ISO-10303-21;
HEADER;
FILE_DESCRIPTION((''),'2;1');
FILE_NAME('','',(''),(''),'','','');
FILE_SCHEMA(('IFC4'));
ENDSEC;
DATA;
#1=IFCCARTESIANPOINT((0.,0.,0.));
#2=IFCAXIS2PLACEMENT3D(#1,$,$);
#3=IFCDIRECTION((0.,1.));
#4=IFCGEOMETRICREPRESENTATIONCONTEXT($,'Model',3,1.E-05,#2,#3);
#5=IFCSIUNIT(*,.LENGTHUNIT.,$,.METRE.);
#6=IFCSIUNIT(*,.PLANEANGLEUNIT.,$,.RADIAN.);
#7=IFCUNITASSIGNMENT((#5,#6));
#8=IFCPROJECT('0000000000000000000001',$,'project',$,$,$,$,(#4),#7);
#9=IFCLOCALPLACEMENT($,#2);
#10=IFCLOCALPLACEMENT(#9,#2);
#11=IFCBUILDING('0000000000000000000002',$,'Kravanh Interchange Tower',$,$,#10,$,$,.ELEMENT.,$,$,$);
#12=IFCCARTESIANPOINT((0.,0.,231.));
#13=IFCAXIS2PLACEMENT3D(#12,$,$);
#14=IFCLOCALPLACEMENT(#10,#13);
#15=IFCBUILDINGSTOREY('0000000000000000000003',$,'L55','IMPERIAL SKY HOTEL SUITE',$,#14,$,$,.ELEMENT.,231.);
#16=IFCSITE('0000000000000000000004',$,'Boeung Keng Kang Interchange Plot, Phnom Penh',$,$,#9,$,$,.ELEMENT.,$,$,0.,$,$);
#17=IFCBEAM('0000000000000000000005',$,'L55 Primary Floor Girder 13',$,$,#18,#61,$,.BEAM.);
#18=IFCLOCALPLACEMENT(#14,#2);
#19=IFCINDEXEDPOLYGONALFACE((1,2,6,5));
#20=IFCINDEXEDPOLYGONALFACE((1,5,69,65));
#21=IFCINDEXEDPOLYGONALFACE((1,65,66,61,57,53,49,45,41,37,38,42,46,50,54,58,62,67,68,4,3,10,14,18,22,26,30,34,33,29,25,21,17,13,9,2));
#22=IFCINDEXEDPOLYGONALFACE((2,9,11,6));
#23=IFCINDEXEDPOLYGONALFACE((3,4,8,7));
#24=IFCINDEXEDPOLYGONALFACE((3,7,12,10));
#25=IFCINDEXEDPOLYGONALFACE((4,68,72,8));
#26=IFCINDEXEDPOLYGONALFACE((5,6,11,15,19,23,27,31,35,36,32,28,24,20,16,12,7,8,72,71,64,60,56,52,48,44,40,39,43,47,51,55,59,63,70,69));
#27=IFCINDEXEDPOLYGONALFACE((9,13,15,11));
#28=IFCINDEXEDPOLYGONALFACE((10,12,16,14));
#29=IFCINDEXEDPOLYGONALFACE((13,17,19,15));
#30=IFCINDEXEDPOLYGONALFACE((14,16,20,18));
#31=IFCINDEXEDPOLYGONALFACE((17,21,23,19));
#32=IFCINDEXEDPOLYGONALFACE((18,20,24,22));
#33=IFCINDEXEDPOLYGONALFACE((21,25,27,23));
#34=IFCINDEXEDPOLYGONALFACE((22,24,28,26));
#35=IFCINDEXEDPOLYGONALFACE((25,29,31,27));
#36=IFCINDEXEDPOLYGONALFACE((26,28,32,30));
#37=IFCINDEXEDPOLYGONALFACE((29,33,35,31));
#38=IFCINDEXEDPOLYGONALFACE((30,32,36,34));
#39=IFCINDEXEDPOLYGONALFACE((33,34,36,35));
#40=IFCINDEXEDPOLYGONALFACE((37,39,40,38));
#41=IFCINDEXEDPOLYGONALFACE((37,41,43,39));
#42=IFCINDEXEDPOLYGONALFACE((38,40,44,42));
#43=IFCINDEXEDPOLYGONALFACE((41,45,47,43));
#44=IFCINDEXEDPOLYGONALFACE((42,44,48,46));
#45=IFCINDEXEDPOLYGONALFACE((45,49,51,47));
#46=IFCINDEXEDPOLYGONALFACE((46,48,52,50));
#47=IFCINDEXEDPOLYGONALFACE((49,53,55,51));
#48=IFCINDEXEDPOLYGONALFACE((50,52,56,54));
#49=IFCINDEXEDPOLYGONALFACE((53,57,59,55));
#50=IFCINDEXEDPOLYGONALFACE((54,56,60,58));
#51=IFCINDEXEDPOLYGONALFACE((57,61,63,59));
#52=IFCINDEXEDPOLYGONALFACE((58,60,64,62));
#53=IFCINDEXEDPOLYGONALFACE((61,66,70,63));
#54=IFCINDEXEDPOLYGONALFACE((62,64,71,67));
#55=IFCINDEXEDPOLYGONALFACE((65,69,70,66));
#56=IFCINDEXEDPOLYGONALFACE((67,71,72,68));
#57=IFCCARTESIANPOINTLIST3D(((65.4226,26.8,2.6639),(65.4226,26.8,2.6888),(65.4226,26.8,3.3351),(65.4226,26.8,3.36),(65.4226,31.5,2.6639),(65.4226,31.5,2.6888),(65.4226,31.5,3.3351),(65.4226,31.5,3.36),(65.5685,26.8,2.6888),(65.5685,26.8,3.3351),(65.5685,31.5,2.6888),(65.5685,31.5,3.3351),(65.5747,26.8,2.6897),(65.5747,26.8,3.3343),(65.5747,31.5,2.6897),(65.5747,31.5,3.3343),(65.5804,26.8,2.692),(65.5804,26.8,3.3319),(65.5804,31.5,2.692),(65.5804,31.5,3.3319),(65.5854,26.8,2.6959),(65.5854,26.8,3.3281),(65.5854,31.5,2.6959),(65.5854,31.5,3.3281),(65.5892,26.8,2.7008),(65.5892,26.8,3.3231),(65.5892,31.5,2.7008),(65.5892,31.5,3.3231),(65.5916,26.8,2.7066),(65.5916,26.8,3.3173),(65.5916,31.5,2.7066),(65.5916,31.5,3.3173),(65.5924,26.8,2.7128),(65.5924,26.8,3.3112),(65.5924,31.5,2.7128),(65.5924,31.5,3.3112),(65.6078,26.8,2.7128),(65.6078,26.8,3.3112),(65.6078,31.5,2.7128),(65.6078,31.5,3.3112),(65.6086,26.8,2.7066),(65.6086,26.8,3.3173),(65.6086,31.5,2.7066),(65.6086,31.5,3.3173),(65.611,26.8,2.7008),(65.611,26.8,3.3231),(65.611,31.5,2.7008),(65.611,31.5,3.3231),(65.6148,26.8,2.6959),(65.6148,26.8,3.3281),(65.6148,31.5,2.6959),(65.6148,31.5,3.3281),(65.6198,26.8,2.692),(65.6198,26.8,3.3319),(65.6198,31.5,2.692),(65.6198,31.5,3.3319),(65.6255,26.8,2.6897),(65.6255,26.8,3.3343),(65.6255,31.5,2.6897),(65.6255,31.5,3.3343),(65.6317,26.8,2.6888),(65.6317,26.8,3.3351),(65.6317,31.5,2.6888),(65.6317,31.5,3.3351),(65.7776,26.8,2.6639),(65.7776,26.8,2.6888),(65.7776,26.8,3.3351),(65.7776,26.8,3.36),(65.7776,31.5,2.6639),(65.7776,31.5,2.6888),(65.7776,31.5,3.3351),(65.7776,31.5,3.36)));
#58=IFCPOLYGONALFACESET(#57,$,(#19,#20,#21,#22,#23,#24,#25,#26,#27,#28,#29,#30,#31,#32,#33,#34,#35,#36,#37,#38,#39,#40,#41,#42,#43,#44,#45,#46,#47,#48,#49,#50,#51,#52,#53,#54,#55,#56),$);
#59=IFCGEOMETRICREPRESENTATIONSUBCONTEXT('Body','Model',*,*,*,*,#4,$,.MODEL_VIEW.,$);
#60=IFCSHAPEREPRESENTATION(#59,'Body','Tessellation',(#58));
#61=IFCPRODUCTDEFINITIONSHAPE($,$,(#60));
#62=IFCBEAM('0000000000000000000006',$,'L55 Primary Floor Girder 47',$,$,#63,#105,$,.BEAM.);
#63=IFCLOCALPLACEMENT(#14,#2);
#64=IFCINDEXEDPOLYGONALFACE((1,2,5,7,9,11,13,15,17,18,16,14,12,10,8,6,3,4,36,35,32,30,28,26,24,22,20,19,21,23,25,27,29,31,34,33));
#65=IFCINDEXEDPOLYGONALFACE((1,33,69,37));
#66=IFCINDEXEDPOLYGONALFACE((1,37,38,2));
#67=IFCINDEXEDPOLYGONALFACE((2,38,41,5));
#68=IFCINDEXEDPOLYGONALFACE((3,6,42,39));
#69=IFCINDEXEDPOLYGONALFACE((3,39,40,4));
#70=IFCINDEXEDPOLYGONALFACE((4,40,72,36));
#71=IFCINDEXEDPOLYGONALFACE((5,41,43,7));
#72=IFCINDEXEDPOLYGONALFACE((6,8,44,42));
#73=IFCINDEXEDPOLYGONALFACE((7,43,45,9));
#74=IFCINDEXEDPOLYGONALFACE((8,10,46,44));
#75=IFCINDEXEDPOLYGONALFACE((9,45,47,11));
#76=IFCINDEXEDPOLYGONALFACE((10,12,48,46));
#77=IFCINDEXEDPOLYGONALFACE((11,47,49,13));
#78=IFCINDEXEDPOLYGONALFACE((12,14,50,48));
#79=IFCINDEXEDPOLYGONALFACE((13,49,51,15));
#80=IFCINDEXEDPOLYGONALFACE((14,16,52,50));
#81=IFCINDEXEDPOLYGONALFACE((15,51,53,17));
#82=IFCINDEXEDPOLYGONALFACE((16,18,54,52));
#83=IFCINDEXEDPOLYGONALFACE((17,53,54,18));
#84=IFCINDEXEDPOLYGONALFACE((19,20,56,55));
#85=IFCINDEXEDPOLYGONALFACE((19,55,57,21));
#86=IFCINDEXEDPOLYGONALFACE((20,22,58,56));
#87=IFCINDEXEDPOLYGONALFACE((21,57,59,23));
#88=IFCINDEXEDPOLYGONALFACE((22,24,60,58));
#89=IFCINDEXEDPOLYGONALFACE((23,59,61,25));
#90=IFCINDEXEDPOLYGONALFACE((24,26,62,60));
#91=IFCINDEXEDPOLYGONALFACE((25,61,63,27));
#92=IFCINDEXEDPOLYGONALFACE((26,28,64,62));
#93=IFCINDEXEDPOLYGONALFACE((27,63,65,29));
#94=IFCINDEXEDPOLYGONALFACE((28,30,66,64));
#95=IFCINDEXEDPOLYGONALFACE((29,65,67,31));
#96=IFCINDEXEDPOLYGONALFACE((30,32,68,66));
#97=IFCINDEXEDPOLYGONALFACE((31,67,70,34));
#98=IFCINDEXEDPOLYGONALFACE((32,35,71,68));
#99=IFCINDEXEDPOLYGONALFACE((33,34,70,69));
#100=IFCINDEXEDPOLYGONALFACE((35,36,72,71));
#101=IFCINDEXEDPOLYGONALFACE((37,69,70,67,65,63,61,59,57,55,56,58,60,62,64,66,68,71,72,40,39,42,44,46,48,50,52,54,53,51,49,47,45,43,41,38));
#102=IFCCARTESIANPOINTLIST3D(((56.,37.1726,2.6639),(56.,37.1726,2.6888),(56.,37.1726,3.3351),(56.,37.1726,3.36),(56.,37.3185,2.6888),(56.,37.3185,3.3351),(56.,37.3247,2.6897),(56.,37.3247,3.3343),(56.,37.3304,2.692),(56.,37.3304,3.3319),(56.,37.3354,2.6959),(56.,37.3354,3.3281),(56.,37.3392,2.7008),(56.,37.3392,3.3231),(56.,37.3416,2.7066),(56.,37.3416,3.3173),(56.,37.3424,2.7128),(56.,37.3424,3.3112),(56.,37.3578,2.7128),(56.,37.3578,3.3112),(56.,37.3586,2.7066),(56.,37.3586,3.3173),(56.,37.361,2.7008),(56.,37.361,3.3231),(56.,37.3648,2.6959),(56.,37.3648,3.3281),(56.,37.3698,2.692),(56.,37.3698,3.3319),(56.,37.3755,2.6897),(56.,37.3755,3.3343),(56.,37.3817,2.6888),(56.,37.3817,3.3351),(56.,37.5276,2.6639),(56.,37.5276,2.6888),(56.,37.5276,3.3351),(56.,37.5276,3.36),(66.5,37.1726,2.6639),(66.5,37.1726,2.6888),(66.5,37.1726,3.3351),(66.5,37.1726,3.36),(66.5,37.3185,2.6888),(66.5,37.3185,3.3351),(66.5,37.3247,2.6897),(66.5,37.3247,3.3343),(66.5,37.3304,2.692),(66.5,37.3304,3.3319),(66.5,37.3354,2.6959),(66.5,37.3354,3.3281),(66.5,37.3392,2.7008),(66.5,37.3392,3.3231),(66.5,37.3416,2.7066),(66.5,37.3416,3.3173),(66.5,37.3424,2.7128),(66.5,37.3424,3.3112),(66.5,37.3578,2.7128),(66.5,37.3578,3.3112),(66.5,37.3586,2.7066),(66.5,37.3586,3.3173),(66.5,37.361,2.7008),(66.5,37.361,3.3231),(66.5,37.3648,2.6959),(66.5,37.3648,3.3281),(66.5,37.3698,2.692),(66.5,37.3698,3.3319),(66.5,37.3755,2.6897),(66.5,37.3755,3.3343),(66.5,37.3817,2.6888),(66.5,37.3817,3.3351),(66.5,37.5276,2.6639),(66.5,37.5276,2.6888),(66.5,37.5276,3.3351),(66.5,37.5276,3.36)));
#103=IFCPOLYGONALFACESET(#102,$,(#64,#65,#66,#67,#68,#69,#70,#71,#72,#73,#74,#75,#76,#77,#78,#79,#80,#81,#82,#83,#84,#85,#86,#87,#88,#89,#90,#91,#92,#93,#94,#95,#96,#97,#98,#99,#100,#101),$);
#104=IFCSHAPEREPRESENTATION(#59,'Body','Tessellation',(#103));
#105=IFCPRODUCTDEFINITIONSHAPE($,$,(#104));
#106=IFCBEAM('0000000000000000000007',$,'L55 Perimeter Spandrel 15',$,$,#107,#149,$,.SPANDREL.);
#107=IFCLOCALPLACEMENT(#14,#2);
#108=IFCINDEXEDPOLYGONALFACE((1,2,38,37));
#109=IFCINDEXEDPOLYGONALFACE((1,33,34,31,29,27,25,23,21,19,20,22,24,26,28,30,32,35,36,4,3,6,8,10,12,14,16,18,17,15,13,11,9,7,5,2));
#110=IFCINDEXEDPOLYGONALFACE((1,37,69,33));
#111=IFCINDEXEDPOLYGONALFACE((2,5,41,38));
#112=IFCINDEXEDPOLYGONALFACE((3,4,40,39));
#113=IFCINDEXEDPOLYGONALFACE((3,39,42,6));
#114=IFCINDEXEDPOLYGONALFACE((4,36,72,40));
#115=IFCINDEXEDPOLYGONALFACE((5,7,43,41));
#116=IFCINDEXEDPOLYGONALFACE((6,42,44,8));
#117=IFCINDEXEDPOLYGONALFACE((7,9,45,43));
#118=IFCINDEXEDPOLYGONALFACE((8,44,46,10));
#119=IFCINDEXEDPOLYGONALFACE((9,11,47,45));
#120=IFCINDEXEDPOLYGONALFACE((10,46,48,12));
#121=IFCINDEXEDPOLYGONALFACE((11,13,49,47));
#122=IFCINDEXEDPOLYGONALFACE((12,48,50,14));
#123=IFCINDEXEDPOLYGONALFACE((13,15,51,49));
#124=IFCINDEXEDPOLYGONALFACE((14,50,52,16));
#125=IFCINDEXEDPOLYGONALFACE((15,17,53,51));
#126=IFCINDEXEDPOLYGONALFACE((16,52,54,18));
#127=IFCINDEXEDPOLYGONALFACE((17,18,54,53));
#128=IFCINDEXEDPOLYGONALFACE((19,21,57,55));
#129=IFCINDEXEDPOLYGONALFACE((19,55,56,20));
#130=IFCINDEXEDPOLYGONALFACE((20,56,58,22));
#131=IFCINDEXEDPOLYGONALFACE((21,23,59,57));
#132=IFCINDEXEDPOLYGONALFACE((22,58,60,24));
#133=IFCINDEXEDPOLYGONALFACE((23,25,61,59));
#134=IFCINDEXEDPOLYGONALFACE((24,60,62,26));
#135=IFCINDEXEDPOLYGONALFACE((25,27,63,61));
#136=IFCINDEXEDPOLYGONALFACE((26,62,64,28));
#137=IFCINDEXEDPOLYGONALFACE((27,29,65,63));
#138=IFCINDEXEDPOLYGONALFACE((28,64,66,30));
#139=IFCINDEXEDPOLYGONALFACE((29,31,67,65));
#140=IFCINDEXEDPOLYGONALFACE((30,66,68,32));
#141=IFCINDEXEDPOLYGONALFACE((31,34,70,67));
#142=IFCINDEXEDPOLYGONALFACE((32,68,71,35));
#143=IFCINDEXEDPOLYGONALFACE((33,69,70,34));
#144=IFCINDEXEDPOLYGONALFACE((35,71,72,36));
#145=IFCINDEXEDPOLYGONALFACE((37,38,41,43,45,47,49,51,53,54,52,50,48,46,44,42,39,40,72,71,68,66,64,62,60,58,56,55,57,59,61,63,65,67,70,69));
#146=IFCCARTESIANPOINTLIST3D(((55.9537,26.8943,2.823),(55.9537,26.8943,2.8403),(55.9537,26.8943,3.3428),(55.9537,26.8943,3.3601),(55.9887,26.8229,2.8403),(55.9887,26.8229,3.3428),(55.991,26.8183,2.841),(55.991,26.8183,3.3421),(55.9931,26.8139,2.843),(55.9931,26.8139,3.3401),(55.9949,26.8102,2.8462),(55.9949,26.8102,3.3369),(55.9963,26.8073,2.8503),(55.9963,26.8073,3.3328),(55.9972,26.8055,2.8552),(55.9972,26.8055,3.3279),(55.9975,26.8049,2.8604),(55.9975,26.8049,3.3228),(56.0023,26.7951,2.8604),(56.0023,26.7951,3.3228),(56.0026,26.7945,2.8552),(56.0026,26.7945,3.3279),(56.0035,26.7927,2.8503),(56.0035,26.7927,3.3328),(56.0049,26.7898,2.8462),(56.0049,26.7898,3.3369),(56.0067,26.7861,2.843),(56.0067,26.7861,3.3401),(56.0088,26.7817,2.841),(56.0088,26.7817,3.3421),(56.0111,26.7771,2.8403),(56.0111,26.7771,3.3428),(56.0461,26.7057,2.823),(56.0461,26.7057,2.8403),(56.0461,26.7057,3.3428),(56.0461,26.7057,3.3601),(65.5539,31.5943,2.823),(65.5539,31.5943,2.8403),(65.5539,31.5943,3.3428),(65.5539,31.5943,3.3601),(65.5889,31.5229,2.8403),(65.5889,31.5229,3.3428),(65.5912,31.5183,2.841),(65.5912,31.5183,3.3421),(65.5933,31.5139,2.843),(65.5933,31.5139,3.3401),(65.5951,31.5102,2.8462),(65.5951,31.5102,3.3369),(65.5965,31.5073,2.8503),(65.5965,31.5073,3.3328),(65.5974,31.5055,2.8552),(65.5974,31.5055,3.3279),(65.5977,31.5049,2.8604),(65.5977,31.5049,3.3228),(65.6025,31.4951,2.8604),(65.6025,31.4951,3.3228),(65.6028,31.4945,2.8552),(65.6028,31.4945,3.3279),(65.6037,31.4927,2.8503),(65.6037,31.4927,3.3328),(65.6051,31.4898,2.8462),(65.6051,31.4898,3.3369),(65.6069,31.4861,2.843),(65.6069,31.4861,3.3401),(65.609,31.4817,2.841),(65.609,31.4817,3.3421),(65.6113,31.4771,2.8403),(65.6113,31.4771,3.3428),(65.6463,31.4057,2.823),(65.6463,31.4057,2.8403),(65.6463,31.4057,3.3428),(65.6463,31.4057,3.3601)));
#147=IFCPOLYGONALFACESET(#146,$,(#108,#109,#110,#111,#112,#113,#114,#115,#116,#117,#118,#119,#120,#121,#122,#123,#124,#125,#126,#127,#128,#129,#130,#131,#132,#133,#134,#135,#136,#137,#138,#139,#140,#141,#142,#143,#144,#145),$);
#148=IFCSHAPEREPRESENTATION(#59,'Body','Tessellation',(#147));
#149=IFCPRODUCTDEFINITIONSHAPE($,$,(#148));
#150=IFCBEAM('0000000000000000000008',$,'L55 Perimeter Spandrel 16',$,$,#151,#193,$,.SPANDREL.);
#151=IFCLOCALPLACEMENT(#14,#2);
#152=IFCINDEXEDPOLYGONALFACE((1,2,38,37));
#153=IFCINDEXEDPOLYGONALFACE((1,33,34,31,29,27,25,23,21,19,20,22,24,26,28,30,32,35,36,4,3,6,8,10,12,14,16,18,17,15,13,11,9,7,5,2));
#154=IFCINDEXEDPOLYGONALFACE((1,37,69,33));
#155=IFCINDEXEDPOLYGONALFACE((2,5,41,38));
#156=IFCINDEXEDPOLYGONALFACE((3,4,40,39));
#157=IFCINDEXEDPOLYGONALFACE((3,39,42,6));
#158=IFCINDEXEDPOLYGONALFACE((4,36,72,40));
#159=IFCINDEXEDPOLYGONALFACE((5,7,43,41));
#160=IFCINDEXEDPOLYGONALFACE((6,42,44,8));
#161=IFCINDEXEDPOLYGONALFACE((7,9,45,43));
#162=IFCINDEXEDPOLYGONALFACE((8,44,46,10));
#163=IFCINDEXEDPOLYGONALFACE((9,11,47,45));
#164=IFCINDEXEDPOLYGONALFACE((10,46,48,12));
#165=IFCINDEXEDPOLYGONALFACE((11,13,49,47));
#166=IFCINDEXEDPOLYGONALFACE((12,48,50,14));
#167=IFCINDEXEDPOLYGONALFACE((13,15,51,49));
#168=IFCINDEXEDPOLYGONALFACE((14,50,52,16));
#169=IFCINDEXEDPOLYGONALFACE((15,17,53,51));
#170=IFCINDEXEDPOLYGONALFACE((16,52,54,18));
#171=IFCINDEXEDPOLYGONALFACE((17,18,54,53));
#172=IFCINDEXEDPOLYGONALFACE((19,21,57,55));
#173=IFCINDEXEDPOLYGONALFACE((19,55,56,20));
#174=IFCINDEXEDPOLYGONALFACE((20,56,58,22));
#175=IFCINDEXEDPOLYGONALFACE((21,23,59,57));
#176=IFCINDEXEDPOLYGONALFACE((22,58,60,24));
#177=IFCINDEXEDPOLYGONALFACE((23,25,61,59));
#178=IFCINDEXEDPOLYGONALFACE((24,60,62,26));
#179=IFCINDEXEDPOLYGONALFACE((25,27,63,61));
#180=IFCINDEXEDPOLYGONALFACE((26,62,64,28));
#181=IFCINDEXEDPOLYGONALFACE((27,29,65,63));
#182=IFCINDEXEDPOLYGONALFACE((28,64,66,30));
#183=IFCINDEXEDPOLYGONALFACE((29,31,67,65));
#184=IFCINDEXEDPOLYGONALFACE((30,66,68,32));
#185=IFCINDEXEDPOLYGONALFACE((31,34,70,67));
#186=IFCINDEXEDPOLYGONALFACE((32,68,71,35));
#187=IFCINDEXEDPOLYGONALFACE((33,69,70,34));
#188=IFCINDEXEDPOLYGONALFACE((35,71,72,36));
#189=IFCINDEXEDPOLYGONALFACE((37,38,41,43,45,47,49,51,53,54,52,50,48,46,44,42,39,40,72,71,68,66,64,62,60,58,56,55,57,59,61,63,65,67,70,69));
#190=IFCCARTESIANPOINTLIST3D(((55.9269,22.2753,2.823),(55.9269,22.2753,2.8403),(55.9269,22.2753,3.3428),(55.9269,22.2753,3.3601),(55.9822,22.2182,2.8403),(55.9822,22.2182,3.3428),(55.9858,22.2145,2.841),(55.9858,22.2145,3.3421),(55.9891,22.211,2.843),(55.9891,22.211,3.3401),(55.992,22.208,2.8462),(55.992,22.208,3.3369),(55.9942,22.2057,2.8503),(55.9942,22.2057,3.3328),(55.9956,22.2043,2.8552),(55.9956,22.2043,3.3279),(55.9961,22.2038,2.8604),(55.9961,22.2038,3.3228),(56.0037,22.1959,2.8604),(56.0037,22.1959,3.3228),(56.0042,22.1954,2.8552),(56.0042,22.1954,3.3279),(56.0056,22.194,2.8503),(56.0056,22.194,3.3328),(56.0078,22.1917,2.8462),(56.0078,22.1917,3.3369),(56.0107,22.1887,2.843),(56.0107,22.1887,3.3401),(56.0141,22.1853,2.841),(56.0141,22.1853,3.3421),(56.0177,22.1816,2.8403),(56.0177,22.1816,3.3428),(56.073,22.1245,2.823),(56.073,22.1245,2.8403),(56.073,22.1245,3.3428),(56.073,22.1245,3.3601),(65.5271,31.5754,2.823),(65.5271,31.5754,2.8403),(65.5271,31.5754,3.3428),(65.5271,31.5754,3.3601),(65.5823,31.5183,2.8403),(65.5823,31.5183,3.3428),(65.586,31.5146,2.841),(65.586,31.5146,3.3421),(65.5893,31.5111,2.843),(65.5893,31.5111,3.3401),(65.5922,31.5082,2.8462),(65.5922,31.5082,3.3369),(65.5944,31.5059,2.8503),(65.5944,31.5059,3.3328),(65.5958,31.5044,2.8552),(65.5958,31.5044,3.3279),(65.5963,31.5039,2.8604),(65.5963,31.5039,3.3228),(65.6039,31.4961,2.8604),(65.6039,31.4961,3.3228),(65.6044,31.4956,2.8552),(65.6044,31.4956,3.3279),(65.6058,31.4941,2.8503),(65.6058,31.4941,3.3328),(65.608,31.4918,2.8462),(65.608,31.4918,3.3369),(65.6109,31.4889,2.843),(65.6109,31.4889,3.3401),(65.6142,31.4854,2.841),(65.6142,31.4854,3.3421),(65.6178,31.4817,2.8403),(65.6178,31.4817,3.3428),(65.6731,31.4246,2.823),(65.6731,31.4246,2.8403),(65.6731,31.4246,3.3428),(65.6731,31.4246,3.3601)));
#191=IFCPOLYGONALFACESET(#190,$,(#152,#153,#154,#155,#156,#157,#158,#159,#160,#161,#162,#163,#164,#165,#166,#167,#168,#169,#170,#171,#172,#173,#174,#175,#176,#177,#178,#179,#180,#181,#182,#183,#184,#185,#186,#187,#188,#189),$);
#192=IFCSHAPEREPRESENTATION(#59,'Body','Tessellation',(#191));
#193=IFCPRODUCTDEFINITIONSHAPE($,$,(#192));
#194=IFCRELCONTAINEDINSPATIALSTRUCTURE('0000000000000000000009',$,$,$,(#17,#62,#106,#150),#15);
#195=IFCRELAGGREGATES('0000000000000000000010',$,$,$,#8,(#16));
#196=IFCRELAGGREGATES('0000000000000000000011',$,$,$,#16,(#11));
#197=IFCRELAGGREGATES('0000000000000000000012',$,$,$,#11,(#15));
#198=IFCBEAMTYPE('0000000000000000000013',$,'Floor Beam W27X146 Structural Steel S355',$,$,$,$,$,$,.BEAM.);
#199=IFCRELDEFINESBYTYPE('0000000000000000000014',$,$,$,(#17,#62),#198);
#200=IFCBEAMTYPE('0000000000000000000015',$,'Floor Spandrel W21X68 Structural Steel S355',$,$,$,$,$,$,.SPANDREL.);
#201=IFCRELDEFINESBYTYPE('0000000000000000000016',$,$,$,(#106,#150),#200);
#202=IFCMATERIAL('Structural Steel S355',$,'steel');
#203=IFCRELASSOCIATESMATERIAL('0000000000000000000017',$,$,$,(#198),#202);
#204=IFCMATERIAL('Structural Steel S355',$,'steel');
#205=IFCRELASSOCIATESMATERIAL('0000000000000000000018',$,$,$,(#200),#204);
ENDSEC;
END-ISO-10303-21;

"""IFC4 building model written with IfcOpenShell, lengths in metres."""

from ifc_helpers import new_model, si_unit, direction, frame, origin, origin_2d, place, context, subcontext, project, spatial, i_section, extrude, material, material_profile, profile_set, type_object, element, save


model = new_model("IFC4")

# Units and contexts
model_context = context("Model", 3, precision=1e-05, world=origin(), true_north=direction((0.0, 1.0)))
body_context = subcontext(model_context, "Body", "Model", "MODEL_VIEW")
ifc_project = project(units=[si_unit("LENGTHUNIT", "METRE"), si_unit("PLANEANGLEUNIT", "RADIAN")], contexts=[model_context])

# Site, building, storey
site_placement = place(None, origin())
site = spatial("IfcSite", under=ifc_project, at=site_placement, Name="Boeung Keng Kang Interchange Plot, Phnom Penh", CompositionType="ELEMENT", RefElevation=0.0)
building_placement = place(site_placement, origin())
building = spatial("IfcBuilding", under=site, at=building_placement, Name="Kravanh Interchange Tower", CompositionType="ELEMENT")
storey_placement = place(building_placement, frame((0.0, 0.0, 231.0)))
storey = spatial("IfcBuildingStorey", under=building, at=storey_placement, Name="L55", Description="IMPERIAL SKY HOTEL SUITE", CompositionType="ELEMENT", Elevation=231.0)

# Beams
ifc_material_1 = material(Name="Structural Steel S355", Category="steel")
ifc_material_profile_1 = material_profile(ifc_material_1, i_section(OverallWidth=0.355, OverallDepth=0.696, WebThickness=0.0154, FlangeThickness=0.0249, FilletRadius=0.0239, at=origin_2d()), Name="W27X146")
ifc_profile_set_1 = profile_set([ifc_material_profile_1], Name="Structural Steel S355")
beam_type_1 = type_object("IfcBeamType", Name="Floor Beam W27X146 Structural Steel S355", PredefinedType="BEAM", material=ifc_profile_set_1)
beam_1_placement = place(storey_placement, frame((65.6001, 31.5, 3.012), z_axis=(0.0, -1.0, 0.0), x_axis=(1.0, 0.0, 0.0)))
element("IfcBeam", 1, at=beam_1_placement, inside=storey, type_object=beam_type_1, Name="L55 Primary Floor Girder 13", PredefinedType="BEAM", context=body_context, shape_type="SweptSolid", body=[
    extrude(i_section(OverallWidth=0.355, OverallDepth=0.696, WebThickness=0.0154, FlangeThickness=0.0249, FilletRadius=0.0239, at=origin_2d()), origin(), (0.0, 0.0, 1.0), 4.7),
])
beam_2_placement = place(storey_placement, frame((66.5, 37.3501, 3.012), z_axis=(-1.0, 0.0, 0.0), x_axis=(0.0, -1.0, 0.0)))
element("IfcBeam", 2, at=beam_2_placement, inside=storey, type_object=beam_type_1, Name="L55 Primary Floor Girder 47", PredefinedType="BEAM", context=body_context, shape_type="SweptSolid", body=[
    extrude(i_section(OverallWidth=0.355, OverallDepth=0.696, WebThickness=0.0154, FlangeThickness=0.0249, FilletRadius=0.0239, at=origin_2d()), origin(), (0.0, 0.0, 1.0), 10.5),
])
ifc_material_2 = material(Name="Structural Steel S355", Category="steel")
ifc_material_profile_2 = material_profile(ifc_material_2, i_section(OverallWidth=0.21, OverallDepth=0.5371, WebThickness=0.011, FlangeThickness=0.0173, FilletRadius=0.02, at=origin_2d()), Name="W21X68")
ifc_profile_set_2 = profile_set([ifc_material_profile_2], Name="Structural Steel S355")
beam_type_2 = type_object("IfcBeamType", Name="Floor Spandrel W21X68 Structural Steel S355", PredefinedType="SPANDREL", material=ifc_profile_set_2)
beam_3_placement = place(storey_placement, frame((65.6001, 31.5, 3.0916), z_axis=(-0.898142, -0.439706, 0.0), x_axis=(0.439706, -0.898142, 0.0)))
element("IfcBeam", 3, at=beam_3_placement, inside=storey, type_object=beam_type_2, Name="L55 Perimeter Spandrel 15", PredefinedType="SPANDREL", context=body_context, shape_type="SweptSolid", body=[
    extrude(i_section(OverallWidth=0.21, OverallDepth=0.5371, WebThickness=0.011, FlangeThickness=0.0173, FilletRadius=0.02, at=origin_2d()), origin(), (0.0, 0.0, 1.0), 10.689),
])
beam_4_placement = place(storey_placement, frame((65.6001, 31.5, 3.0916), z_axis=(-0.718242, -0.695793, 0.0), x_axis=(0.695793, -0.718242, 0.0)))
element("IfcBeam", 4, at=beam_4_placement, inside=storey, type_object=beam_type_2, Name="L55 Perimeter Spandrel 16", PredefinedType="SPANDREL", context=body_context, shape_type="SweptSolid", body=[
    extrude(i_section(OverallWidth=0.21, OverallDepth=0.5371, WebThickness=0.011, FlangeThickness=0.0173, FilletRadius=0.02, at=origin_2d()), origin(), (0.0, 0.0, 1.0), 13.3662),
])

save(model, "model.ifc")
